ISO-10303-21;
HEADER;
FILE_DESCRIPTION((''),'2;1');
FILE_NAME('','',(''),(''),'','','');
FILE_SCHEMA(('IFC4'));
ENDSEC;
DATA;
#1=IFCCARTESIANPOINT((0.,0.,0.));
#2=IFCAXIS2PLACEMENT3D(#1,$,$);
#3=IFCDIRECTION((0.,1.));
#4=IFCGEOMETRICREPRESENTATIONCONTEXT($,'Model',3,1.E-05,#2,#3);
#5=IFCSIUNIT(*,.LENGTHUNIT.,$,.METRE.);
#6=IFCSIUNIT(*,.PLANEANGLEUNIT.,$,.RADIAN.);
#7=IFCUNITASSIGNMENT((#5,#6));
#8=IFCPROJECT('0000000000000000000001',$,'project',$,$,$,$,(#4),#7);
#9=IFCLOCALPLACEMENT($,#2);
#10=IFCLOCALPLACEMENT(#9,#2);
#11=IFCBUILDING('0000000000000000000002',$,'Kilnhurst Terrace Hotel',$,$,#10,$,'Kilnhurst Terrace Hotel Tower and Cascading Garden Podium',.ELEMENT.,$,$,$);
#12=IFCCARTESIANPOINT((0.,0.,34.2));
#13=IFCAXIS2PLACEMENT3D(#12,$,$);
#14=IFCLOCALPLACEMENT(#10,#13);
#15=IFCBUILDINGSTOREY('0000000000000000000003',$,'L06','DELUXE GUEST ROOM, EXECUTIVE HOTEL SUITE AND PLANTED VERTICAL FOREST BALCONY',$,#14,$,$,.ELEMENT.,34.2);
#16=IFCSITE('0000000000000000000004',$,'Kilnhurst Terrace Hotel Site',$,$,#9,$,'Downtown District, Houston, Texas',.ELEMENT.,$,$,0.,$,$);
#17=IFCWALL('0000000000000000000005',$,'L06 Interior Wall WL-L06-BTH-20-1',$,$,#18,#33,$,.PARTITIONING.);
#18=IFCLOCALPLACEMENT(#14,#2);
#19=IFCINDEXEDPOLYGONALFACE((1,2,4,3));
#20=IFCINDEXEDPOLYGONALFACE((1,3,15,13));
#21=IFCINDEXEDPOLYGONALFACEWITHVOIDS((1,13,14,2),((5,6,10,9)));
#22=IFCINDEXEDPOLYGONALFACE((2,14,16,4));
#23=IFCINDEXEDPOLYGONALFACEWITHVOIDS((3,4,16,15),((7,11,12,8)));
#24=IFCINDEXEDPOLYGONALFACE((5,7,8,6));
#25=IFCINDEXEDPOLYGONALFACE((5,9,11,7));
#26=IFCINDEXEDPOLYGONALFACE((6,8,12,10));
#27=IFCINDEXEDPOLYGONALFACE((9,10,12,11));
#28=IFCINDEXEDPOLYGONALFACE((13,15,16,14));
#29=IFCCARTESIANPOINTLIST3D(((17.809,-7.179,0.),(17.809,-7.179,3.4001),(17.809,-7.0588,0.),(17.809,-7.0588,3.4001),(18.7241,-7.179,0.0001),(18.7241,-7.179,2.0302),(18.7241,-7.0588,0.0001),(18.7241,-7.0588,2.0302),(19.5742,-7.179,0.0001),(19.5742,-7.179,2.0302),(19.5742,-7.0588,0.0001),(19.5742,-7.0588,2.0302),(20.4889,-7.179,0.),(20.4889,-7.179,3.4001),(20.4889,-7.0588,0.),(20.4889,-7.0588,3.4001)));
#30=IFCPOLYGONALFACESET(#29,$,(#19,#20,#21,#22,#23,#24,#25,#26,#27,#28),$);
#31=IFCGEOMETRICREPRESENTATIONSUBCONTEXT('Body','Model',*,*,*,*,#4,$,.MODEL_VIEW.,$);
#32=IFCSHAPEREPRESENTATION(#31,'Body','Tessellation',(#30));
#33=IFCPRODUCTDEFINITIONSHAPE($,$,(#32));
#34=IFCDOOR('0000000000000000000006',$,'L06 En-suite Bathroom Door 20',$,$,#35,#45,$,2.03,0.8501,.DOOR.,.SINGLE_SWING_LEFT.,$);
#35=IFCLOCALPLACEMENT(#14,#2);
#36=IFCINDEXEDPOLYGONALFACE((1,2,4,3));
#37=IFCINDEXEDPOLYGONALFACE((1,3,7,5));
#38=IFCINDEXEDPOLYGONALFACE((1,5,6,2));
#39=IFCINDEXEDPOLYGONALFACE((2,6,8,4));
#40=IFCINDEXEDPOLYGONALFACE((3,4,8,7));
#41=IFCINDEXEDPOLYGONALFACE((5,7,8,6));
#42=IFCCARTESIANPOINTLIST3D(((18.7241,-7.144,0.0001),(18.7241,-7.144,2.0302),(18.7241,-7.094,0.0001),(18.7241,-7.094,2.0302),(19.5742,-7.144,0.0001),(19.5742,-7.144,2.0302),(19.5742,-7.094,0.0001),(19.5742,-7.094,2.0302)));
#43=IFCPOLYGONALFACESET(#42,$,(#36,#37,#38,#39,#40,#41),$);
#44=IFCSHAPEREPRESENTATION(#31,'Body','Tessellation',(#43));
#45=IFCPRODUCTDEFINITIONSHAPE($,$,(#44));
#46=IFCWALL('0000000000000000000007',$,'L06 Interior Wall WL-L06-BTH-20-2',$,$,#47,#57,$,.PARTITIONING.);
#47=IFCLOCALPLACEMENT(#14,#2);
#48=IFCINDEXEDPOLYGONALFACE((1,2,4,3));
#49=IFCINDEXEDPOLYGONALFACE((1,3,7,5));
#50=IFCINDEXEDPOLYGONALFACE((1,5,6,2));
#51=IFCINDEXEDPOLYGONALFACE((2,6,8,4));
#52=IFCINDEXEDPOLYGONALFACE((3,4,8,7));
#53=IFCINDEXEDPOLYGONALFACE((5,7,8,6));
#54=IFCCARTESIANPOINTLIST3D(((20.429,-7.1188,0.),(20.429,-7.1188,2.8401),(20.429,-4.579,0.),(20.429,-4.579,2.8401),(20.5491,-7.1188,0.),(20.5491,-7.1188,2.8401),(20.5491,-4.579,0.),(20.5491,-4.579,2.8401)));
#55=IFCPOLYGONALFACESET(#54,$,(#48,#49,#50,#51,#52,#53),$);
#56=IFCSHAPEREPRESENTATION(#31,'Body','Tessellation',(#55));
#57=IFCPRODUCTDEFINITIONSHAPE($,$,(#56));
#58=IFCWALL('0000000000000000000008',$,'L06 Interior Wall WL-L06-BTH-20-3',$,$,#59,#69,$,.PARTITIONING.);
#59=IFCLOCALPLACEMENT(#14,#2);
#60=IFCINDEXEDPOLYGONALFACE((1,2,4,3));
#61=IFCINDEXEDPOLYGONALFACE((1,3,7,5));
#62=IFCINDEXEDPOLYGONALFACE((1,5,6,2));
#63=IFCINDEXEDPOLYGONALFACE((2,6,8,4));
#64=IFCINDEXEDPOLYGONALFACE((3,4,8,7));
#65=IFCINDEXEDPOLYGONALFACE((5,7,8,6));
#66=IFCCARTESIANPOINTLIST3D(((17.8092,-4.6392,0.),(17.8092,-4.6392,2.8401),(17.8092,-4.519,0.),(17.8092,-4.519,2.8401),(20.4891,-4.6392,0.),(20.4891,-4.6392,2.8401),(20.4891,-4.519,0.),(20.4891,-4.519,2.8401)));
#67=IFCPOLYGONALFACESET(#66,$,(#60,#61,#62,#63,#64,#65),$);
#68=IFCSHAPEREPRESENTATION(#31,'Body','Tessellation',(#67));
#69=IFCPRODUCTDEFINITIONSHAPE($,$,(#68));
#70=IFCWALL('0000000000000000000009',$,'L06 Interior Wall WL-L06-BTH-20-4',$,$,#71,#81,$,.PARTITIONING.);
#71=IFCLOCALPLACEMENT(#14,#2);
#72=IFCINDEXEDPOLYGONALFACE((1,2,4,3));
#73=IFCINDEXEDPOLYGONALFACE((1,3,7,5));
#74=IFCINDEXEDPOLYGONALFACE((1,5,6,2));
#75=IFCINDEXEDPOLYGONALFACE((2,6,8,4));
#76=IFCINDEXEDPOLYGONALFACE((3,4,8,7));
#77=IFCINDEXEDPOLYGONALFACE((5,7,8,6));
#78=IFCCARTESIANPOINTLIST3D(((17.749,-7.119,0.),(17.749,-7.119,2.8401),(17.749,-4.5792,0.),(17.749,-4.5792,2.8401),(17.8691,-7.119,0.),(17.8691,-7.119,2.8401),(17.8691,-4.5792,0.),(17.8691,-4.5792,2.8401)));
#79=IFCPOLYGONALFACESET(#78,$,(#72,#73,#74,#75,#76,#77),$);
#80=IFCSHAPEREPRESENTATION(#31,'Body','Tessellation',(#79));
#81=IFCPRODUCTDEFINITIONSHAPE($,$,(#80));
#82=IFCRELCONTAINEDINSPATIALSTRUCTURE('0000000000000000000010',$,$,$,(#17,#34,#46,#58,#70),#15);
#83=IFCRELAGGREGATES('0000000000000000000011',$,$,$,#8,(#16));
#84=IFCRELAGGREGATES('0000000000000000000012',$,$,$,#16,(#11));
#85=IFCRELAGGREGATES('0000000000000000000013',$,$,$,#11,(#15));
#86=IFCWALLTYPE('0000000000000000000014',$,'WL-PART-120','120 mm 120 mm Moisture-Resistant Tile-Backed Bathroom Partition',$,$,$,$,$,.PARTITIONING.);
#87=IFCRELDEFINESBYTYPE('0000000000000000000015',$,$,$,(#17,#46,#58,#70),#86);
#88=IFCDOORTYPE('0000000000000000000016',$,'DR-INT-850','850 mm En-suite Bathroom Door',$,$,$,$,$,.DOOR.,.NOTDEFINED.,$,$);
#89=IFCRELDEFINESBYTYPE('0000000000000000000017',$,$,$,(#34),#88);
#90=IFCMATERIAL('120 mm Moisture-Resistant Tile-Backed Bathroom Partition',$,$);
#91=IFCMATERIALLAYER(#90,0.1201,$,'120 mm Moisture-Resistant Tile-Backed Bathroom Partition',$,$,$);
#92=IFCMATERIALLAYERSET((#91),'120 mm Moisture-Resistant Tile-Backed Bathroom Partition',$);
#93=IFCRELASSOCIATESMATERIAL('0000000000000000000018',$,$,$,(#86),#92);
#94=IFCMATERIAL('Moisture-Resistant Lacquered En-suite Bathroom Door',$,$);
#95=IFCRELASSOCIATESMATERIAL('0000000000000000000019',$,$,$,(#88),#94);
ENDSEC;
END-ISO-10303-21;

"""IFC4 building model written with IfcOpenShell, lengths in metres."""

from ifc_helpers import new_model, si_unit, direction, frame, frame_2d, origin, place, context, subcontext, project, spatial, rectangle, extrude, material, layer, layer_set, type_object, element, fill, save


model = new_model("IFC4")

# Units and contexts
model_context = context("Model", 3, precision=1e-05, world=origin(), true_north=direction((0.0, 1.0)))
body_context = subcontext(model_context, "Body", "Model", "MODEL_VIEW")
ifc_project = project(units=[si_unit("LENGTHUNIT", "METRE"), si_unit("PLANEANGLEUNIT", "RADIAN")], contexts=[model_context])

# Site, building, storey
site_placement = place(None, origin())
site = spatial("IfcSite", under=ifc_project, at=site_placement, Name="Kilnhurst Terrace Hotel Site", LongName="Downtown District, Houston, Texas", CompositionType="ELEMENT", RefElevation=0.0)
building_placement = place(site_placement, origin())
building = spatial("IfcBuilding", under=site, at=building_placement, Name="Kilnhurst Terrace Hotel", LongName="Kilnhurst Terrace Hotel Tower and Cascading Garden Podium", CompositionType="ELEMENT")
storey_placement = place(building_placement, frame((0.0, 0.0, 34.2)))
storey = spatial("IfcBuildingStorey", under=building, at=storey_placement, Name="L06", Description="DELUXE GUEST ROOM, EXECUTIVE HOTEL SUITE AND PLANTED VERTICAL FOREST BALCONY", CompositionType="ELEMENT", Elevation=34.2)

# Wall, opening, door
ifc_material_1 = material(Name="120 mm Moisture-Resistant Tile-Backed Bathroom Partition")
ifc_layer_1 = layer(ifc_material_1, 0.1201, Name="120 mm Moisture-Resistant Tile-Backed Bathroom Partition")
ifc_layer_set_1 = layer_set([ifc_layer_1], Name="120 mm Moisture-Resistant Tile-Backed Bathroom Partition")
wall_type_1 = type_object("IfcWallType", Name="WL-PART-120", Description="120 mm 120 mm Moisture-Resistant Tile-Backed Bathroom Partition", PredefinedType="PARTITIONING", material=ifc_layer_set_1)
wall_1_placement = place(storey_placement, frame((17.8091, -7.1189, 0.0), z_axis=(0.0, 0.0, 1.0), x_axis=(1.0, 0.0, 0.0)))
wall_1 = element("IfcWall", 1, at=wall_1_placement, inside=storey, type_object=wall_type_1, Name="L06 Interior Wall WL-L06-BTH-20-1", PredefinedType="PARTITIONING", context=body_context, shape_type="SweptSolid", body=[
    extrude(rectangle(XDim=2.6799, YDim=0.1201, at=frame_2d((1.3398, 0.0))), origin(), (0.0, 0.0, 1.0), 3.4001),
])
opening_1_placement = place(wall_1_placement, frame((0.915, 0.0, 0.0)))
opening_1 = element("IfcOpeningElement", 2, at=opening_1_placement, cuts=wall_1, PredefinedType="OPENING", context=body_context, shape_type="SweptSolid", body=[
    extrude(rectangle(XDim=0.8501, YDim=2.03, at=frame_2d((0.425, 1.0151))), frame((0.0, 0.0701, 0.0), z_axis=(0.0, -1.0, 0.0), x_axis=(1.0, 0.0, 0.0)), (0.0, 0.0, 1.0), 0.1401),
])
ifc_material_2 = material(Name="Moisture-Resistant Lacquered En-suite Bathroom Door")
door_type_1 = type_object("IfcDoorType", Name="DR-INT-850", Description="850 mm En-suite Bathroom Door", OperationType="NOTDEFINED", PredefinedType="DOOR", material=ifc_material_2)
door_1_placement = place(opening_1_placement, origin())
door_1 = element("IfcDoor", 3, at=door_1_placement, inside=storey, type_object=door_type_1, Name="L06 En-suite Bathroom Door 20", OperationType="SINGLE_SWING_LEFT", OverallHeight=2.03, OverallWidth=0.8501, PredefinedType="DOOR", context=body_context, shape_type="SweptSolid", body=[
    extrude(rectangle(XDim=0.8501, YDim=2.03, at=frame_2d((0.425, 1.0151))), frame((0.0, 0.0249, 0.0), z_axis=(0.0, -1.0, 0.0), x_axis=(1.0, 0.0, 0.0)), (0.0, 0.0, 1.0), 0.05),
])
fill(opening_1, door_1)

# Walls
wall_2_placement = place(storey_placement, frame((20.489, -7.1189, 0.0), z_axis=(0.0, 0.0, 1.0), x_axis=(0.0, 1.0, 0.0)))
element("IfcWall", 4, at=wall_2_placement, inside=storey, type_object=wall_type_1, Name="L06 Interior Wall WL-L06-BTH-20-2", PredefinedType="PARTITIONING", context=body_context, shape_type="SweptSolid", body=[
    extrude(rectangle(XDim=2.5398, YDim=0.1201, at=frame_2d((1.27, 0.0))), origin(), (0.0, 0.0, 1.0), 2.8401),
])
wall_3_placement = place(storey_placement, frame((20.489, -4.5791, 0.0), z_axis=(0.0, 0.0, 1.0), x_axis=(-1.0, 0.0, 0.0)))
element("IfcWall", 5, at=wall_3_placement, inside=storey, type_object=wall_type_1, Name="L06 Interior Wall WL-L06-BTH-20-3", PredefinedType="PARTITIONING", context=body_context, shape_type="SweptSolid", body=[
    extrude(rectangle(XDim=2.6799, YDim=0.1201, at=frame_2d((1.3398, 0.0))), origin(), (0.0, 0.0, 1.0), 2.8401),
])
wall_4_placement = place(storey_placement, frame((17.8091, -4.5791, 0.0), z_axis=(0.0, 0.0, 1.0), x_axis=(0.0, -1.0, 0.0)))
element("IfcWall", 6, at=wall_4_placement, inside=storey, type_object=wall_type_1, Name="L06 Interior Wall WL-L06-BTH-20-4", PredefinedType="PARTITIONING", context=body_context, shape_type="SweptSolid", body=[
    extrude(rectangle(XDim=2.5398, YDim=0.1201, at=frame_2d((1.27, 0.0))), origin(), (0.0, 0.0, 1.0), 2.8401),
])

save(model, "model.ifc")
